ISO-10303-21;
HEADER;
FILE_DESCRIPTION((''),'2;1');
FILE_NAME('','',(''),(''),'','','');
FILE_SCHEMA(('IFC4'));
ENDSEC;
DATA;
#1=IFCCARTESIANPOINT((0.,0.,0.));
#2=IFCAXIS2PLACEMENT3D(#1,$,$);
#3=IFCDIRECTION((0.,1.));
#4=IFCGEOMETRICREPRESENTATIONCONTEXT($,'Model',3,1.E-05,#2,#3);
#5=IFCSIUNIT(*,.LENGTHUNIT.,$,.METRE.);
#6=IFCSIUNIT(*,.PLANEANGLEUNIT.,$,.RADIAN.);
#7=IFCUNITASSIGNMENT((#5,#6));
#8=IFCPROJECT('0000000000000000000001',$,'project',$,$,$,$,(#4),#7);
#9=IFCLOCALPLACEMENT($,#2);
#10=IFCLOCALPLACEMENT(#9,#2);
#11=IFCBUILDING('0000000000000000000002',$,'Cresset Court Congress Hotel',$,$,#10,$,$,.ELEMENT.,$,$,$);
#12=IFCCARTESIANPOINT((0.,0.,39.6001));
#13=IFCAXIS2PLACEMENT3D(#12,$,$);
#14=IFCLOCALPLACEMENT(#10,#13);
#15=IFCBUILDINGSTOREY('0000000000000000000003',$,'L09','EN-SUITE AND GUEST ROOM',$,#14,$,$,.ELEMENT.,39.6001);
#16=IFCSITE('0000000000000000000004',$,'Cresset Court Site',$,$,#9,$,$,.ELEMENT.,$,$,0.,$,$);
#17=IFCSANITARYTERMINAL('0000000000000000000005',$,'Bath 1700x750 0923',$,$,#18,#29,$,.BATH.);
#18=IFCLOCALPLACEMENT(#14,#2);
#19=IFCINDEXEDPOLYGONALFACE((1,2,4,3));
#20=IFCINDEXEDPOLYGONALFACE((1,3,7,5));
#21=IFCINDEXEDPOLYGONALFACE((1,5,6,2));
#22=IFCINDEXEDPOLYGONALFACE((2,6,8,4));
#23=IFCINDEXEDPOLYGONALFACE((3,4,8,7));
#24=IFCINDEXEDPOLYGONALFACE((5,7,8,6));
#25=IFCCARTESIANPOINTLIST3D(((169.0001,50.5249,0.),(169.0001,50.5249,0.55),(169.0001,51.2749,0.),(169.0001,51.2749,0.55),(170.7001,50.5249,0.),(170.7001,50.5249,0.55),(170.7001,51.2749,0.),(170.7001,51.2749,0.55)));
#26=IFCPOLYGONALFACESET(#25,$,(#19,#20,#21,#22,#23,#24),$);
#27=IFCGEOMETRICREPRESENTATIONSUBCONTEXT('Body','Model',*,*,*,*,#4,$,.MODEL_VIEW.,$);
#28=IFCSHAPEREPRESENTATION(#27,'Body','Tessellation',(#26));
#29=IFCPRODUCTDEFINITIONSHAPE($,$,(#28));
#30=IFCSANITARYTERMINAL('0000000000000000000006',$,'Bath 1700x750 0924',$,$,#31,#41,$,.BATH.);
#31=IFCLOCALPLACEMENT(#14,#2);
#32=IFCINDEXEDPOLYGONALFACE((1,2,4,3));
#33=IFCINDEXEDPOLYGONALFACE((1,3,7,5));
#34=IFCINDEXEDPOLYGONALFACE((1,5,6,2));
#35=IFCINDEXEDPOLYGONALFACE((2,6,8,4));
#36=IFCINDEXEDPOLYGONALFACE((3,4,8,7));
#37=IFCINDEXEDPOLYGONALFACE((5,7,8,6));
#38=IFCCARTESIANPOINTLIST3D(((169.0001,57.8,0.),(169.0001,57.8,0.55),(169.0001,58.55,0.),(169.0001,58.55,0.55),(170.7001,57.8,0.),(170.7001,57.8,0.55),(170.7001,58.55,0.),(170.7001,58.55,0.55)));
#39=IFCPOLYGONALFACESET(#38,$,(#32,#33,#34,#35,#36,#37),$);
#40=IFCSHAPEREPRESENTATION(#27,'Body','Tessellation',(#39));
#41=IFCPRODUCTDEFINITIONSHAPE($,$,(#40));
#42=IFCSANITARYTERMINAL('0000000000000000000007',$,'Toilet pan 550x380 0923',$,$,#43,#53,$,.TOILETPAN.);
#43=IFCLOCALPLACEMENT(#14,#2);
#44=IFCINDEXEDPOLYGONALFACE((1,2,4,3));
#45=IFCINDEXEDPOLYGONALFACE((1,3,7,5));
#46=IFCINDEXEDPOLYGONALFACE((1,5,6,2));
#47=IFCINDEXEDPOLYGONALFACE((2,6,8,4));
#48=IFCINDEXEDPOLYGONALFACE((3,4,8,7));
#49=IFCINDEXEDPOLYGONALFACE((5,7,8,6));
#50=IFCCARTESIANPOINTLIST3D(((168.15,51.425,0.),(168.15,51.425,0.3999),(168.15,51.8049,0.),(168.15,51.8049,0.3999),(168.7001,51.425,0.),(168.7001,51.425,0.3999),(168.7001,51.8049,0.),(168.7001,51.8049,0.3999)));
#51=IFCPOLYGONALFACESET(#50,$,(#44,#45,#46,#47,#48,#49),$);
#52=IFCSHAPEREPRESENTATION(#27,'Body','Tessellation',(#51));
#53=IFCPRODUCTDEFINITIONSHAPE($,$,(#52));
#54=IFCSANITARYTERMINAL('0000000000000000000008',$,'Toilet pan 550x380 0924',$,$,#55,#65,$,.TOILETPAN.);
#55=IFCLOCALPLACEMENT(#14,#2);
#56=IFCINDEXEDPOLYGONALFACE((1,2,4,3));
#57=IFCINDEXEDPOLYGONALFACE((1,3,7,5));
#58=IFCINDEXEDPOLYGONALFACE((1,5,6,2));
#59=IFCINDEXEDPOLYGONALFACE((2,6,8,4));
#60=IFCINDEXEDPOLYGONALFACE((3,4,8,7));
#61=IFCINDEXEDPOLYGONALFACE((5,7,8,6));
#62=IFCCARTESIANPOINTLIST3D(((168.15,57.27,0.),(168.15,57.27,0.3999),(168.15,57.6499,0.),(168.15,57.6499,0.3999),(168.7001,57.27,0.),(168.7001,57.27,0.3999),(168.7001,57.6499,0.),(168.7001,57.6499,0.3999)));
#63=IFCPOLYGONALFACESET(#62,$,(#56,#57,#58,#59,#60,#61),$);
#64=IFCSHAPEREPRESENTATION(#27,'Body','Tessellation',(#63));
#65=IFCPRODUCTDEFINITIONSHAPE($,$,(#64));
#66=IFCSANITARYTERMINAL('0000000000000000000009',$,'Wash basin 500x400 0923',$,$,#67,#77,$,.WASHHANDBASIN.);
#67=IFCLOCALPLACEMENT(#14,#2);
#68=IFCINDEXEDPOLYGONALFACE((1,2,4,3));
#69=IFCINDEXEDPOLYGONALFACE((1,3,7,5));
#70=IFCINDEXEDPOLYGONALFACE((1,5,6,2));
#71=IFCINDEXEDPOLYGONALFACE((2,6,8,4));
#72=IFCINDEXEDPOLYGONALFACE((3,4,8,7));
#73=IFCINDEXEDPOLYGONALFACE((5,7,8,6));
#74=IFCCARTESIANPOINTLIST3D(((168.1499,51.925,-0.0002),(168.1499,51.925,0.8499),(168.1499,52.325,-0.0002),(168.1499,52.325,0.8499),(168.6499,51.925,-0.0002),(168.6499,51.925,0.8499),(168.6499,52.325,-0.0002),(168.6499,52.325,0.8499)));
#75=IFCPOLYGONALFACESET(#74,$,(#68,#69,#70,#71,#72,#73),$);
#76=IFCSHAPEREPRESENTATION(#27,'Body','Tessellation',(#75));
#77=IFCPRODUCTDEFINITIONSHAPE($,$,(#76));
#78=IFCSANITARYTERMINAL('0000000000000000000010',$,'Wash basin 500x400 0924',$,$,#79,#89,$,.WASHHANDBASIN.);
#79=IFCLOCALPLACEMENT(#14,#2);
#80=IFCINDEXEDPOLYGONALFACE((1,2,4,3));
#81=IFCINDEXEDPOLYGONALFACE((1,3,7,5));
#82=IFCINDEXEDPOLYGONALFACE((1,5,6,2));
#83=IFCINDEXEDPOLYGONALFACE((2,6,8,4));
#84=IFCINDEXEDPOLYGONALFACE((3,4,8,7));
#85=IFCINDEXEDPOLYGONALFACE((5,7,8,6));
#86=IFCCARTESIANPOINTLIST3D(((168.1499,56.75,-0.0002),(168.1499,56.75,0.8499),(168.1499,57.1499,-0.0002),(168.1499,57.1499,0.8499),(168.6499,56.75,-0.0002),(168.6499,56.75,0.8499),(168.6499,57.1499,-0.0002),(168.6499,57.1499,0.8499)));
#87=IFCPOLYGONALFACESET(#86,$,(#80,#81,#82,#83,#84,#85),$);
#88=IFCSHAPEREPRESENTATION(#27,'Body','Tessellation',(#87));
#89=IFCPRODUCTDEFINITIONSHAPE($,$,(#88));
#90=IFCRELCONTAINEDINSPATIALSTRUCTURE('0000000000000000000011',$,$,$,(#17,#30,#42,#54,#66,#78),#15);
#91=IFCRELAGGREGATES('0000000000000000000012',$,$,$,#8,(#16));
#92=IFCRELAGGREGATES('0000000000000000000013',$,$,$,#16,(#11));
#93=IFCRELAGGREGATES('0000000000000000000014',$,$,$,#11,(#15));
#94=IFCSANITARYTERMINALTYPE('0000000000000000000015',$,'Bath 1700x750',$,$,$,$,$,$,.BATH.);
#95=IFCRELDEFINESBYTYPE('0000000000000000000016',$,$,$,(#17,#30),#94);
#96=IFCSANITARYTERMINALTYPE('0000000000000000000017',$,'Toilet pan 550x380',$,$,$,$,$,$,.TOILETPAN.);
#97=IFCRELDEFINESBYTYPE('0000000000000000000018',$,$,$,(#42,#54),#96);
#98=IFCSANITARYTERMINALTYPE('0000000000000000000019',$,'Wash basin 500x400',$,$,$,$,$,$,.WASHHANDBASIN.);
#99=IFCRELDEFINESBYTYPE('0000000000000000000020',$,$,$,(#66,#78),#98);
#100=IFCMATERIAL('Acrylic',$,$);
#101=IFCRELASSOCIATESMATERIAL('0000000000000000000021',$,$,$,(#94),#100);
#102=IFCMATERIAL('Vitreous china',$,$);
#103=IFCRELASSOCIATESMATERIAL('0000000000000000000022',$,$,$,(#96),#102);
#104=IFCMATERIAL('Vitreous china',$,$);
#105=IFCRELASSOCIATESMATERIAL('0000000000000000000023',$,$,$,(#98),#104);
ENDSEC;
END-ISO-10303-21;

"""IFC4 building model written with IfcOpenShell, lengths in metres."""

from ifc_helpers import new_model, si_unit, direction, frame, origin, origin_2d, place, context, subcontext, project, spatial, rectangle, extrude, material, type_object, element, save


model = new_model("IFC4")

# Units and contexts
model_context = context("Model", 3, precision=1e-05, world=origin(), true_north=direction((0.0, 1.0)))
body_context = subcontext(model_context, "Body", "Model", "MODEL_VIEW")
ifc_project = project(units=[si_unit("LENGTHUNIT", "METRE"), si_unit("PLANEANGLEUNIT", "RADIAN")], contexts=[model_context])

# Site, building, storey
site_placement = place(None, origin())
site = spatial("IfcSite", under=ifc_project, at=site_placement, Name="Cresset Court Site", CompositionType="ELEMENT", RefElevation=0.0)
building_placement = place(site_placement, origin())
building = spatial("IfcBuilding", under=site, at=building_placement, Name="Cresset Court Congress Hotel", CompositionType="ELEMENT")
storey_placement = place(building_placement, frame((0.0, 0.0, 39.6001)))
storey = spatial("IfcBuildingStorey", under=building, at=storey_placement, Name="L09", Description="EN-SUITE AND GUEST ROOM", CompositionType="ELEMENT", Elevation=39.6001)

# Sanitary terminals
ifc_material_1 = material(Name="Acrylic")
sanitary_terminal_type_1 = type_object("IfcSanitaryTerminalType", Name="Bath 1700x750", PredefinedType="BATH", material=ifc_material_1)
for number, where, z_axis, x_axis, name in (
    (1, (169.8501, 50.8999, 0.0), (0.0, 0.0, 1.0), (1.0, 0.0, 0.0), "Bath 1700x750 0923"),
    (2, (169.8501, 58.175, 0.0), (0.0, 0.0, 1.0), (1.0, 0.0, 0.0), "Bath 1700x750 0924"),
):
    element("IfcSanitaryTerminal", number, at=place(storey_placement, frame(where, z_axis=z_axis, x_axis=x_axis)), inside=storey, type_object=sanitary_terminal_type_1, Name=name, PredefinedType="BATH", context=body_context, shape_type="SweptSolid", body=[
        extrude(rectangle(XDim=1.7, YDim=0.75, at=origin_2d()), origin(), (0.0, 0.0, 1.0), 0.55),
    ])
ifc_material_2 = material(Name="Vitreous china")
sanitary_terminal_type_2 = type_object("IfcSanitaryTerminalType", Name="Toilet pan 550x380", PredefinedType="TOILETPAN", material=ifc_material_2)
for number, where, z_axis, x_axis, name in (
    (3, (168.425, 51.615, 0.0), (0.0, 0.0, 1.0), (1.0, 0.0, 0.0), "Toilet pan 550x380 0923"),
    (4, (168.425, 57.46, 0.0), (0.0, 0.0, 1.0), (1.0, 0.0, 0.0), "Toilet pan 550x380 0924"),
):
    element("IfcSanitaryTerminal", number, at=place(storey_placement, frame(where, z_axis=z_axis, x_axis=x_axis)), inside=storey, type_object=sanitary_terminal_type_2, Name=name, PredefinedType="TOILETPAN", context=body_context, shape_type="SweptSolid", body=[
        extrude(rectangle(XDim=0.55, YDim=0.3799, at=origin_2d()), origin(), (0.0, 0.0, 1.0), 0.3999),
    ])
ifc_material_3 = material(Name="Vitreous china")
sanitary_terminal_type_3 = type_object("IfcSanitaryTerminalType", Name="Wash basin 500x400", PredefinedType="WASHHANDBASIN", material=ifc_material_3)
for number, where, z_axis, x_axis, name in (
    (5, (168.3999, 52.125, -0.0002), (0.0, 0.0, 1.0), (1.0, 0.0, 0.0), "Wash basin 500x400 0923"),
    (6, (168.3999, 56.95, -0.0002), (0.0, 0.0, 1.0), (1.0, 0.0, 0.0), "Wash basin 500x400 0924"),
):
    element("IfcSanitaryTerminal", number, at=place(storey_placement, frame(where, z_axis=z_axis, x_axis=x_axis)), inside=storey, type_object=sanitary_terminal_type_3, Name=name, PredefinedType="WASHHANDBASIN", context=body_context, shape_type="SweptSolid", body=[
        extrude(rectangle(XDim=0.5, YDim=0.3999, at=origin_2d()), origin(), (0.0, 0.0, 1.0), 0.8501),
    ])

save(model, "model.ifc")
